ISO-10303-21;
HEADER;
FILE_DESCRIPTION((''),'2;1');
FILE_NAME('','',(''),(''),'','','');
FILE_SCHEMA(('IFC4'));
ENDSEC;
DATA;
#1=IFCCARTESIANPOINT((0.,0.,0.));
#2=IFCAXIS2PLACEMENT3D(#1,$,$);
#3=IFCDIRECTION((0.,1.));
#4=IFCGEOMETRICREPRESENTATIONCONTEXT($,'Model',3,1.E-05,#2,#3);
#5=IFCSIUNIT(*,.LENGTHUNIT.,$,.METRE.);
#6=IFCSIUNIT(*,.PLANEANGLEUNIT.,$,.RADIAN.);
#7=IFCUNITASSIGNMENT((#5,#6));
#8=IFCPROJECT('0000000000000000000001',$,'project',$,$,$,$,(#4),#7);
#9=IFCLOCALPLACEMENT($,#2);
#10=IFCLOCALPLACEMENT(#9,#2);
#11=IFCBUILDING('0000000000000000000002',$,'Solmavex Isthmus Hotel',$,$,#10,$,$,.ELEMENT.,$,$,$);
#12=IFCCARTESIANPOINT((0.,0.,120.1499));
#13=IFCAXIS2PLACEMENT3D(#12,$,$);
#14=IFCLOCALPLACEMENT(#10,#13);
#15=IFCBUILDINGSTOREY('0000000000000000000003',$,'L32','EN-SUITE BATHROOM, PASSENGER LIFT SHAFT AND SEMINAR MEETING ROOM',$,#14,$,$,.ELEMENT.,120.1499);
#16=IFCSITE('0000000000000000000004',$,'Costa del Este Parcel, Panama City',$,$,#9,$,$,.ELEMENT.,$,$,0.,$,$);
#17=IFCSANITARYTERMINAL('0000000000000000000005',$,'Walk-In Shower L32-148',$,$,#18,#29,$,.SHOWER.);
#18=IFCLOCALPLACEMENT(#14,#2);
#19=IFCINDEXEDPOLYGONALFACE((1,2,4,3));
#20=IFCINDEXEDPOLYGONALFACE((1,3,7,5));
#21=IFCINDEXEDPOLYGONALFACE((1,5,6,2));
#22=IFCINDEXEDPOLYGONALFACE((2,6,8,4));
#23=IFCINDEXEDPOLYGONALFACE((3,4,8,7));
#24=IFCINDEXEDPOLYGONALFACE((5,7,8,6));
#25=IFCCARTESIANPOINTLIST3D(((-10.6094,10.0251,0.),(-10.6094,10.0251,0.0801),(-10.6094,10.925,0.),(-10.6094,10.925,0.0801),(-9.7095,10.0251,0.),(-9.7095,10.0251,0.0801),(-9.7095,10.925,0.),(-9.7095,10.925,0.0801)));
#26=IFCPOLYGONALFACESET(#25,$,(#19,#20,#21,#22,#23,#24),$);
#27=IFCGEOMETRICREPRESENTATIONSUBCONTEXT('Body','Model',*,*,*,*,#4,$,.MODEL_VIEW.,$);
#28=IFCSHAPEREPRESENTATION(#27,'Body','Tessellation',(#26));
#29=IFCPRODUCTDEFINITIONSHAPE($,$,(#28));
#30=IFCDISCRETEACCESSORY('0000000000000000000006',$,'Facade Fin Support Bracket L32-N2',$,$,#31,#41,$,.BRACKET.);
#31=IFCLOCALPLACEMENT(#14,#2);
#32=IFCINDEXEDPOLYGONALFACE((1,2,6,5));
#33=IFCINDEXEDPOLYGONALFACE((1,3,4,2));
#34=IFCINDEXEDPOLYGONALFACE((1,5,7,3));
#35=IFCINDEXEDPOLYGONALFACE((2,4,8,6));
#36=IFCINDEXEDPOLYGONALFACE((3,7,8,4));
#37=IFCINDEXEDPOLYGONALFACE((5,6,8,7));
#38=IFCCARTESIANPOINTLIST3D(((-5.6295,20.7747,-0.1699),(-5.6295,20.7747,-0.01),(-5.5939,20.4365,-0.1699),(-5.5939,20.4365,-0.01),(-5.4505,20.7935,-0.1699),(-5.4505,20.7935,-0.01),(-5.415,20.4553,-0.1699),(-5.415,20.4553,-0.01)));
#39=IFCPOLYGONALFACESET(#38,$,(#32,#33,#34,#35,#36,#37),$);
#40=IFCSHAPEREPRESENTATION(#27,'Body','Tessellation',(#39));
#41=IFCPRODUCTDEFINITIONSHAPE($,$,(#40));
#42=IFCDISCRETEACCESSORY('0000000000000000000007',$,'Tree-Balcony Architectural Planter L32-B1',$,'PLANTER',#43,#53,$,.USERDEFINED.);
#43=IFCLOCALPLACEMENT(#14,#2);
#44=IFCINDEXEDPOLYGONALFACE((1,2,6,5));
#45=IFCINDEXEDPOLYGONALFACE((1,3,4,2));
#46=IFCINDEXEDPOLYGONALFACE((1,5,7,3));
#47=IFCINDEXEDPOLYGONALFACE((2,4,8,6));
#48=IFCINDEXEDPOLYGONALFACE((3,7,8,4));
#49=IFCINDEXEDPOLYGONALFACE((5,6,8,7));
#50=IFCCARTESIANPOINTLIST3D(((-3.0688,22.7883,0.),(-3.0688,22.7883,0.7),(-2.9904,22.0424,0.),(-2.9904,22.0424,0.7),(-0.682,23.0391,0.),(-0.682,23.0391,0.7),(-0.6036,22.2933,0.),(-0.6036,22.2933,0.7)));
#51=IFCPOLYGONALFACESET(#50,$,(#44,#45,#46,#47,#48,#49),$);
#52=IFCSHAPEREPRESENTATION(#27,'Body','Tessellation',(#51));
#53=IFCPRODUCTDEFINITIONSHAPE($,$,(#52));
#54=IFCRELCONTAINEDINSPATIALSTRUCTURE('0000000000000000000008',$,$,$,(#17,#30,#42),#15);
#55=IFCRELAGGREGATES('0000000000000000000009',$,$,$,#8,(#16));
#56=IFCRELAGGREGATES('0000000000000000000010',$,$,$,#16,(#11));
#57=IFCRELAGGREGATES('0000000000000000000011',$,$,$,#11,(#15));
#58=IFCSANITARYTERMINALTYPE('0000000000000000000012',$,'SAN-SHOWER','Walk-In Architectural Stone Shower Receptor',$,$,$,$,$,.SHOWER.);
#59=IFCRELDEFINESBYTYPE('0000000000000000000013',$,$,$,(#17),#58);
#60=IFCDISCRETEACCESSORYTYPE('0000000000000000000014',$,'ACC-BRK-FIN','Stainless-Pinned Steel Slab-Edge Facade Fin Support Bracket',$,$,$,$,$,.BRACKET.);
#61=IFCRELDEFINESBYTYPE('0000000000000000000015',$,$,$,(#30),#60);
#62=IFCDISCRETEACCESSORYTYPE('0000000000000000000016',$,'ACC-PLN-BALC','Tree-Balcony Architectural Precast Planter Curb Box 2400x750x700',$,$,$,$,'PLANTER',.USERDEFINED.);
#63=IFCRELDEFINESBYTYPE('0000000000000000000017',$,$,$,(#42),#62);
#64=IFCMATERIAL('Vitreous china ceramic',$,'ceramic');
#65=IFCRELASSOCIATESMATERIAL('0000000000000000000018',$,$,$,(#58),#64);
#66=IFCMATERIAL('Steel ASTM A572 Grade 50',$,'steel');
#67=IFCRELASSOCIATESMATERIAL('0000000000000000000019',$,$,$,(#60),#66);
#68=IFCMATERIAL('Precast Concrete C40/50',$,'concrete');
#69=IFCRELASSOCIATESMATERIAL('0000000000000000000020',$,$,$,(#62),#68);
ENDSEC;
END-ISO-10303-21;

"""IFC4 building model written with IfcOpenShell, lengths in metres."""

from ifc_helpers import new_model, si_unit, direction, frame, origin, origin_2d, place, context, subcontext, project, spatial, rectangle, extrude, material, type_object, element, save


model = new_model("IFC4")

# Units and contexts
model_context = context("Model", 3, precision=1e-05, world=origin(), true_north=direction((0.0, 1.0)))
body_context = subcontext(model_context, "Body", "Model", "MODEL_VIEW")
ifc_project = project(units=[si_unit("LENGTHUNIT", "METRE"), si_unit("PLANEANGLEUNIT", "RADIAN")], contexts=[model_context])

# Site, building, storey
site_placement = place(None, origin())
site = spatial("IfcSite", under=ifc_project, at=site_placement, Name="Costa del Este Parcel, Panama City", CompositionType="ELEMENT", RefElevation=0.0)
building_placement = place(site_placement, origin())
building = spatial("IfcBuilding", under=site, at=building_placement, Name="Solmavex Isthmus Hotel", CompositionType="ELEMENT")
storey_placement = place(building_placement, frame((0.0, 0.0, 120.1499)))
storey = spatial("IfcBuildingStorey", under=building, at=storey_placement, Name="L32", Description="EN-SUITE BATHROOM, PASSENGER LIFT SHAFT AND SEMINAR MEETING ROOM", CompositionType="ELEMENT", Elevation=120.1499)

# Shared definitions
ifc_material_1 = material(Name="Precast Concrete C40/50", Category="concrete")

# Sanitary terminal
ifc_material_2 = material(Name="Vitreous china ceramic", Category="ceramic")
sanitary_terminal_type = type_object("IfcSanitaryTerminalType", Name="SAN-SHOWER", Description="Walk-In Architectural Stone Shower Receptor", PredefinedType="SHOWER", material=ifc_material_2)
sanitary_terminal_placement = place(storey_placement, frame((-10.1594, 10.4751, 0.0), z_axis=(0.0, 0.0, 1.0), x_axis=(1.0, 0.0, 0.0)))
element("IfcSanitaryTerminal", 1, at=sanitary_terminal_placement, inside=storey, type_object=sanitary_terminal_type, Name="Walk-In Shower L32-148", PredefinedType="SHOWER", context=body_context, shape_type="SweptSolid", body=[
    extrude(rectangle(XDim=0.8999, YDim=0.8999, at=origin_2d()), origin(), (0.0, 0.0, 1.0), 0.0801),
])

# Discrete accessories
ifc_material_3 = material(Name="Steel ASTM A572 Grade 50", Category="steel")
discrete_accessory_type_1 = type_object("IfcDiscreteAccessoryType", Name="ACC-BRK-FIN", Description="Stainless-Pinned Steel Slab-Edge Facade Fin Support Bracket", PredefinedType="BRACKET", material=ifc_material_3)
discrete_accessory_1_placement = place(storey_placement, frame((-5.5222, 20.615, -0.1699), z_axis=(0.0, 0.0, 1.0), x_axis=(-0.104528, 0.994522, 0.0)))
element("IfcDiscreteAccessory", 2, at=discrete_accessory_1_placement, inside=storey, type_object=discrete_accessory_type_1, Name="Facade Fin Support Bracket L32-N2", PredefinedType="BRACKET", context=body_context, shape_type="SweptSolid", body=[
    extrude(rectangle(XDim=0.3401, YDim=0.1799, at=origin_2d()), origin(), (0.0, 0.0, 1.0), 0.1599),
])
discrete_accessory_type_2 = type_object("IfcDiscreteAccessoryType", Name="ACC-PLN-BALC", Description="Tree-Balcony Architectural Precast Planter Curb Box 2400x750x700", ElementType="PLANTER", PredefinedType="USERDEFINED", material=ifc_material_1)
discrete_accessory_2_placement = place(storey_placement, frame((-1.8362, 22.5408, 0.0), z_axis=(0.0, 0.0, 1.0), x_axis=(0.994522, 0.104528, 0.0)))
element("IfcDiscreteAccessory", 3, at=discrete_accessory_2_placement, inside=storey, type_object=discrete_accessory_type_2, Name="Tree-Balcony Architectural Planter L32-B1", ObjectType="PLANTER", PredefinedType="USERDEFINED", context=body_context, shape_type="SweptSolid", body=[
    extrude(rectangle(XDim=2.3999, YDim=0.75, at=origin_2d()), origin(), (0.0, 0.0, 1.0), 0.7),
])

save(model, "model.ifc")
